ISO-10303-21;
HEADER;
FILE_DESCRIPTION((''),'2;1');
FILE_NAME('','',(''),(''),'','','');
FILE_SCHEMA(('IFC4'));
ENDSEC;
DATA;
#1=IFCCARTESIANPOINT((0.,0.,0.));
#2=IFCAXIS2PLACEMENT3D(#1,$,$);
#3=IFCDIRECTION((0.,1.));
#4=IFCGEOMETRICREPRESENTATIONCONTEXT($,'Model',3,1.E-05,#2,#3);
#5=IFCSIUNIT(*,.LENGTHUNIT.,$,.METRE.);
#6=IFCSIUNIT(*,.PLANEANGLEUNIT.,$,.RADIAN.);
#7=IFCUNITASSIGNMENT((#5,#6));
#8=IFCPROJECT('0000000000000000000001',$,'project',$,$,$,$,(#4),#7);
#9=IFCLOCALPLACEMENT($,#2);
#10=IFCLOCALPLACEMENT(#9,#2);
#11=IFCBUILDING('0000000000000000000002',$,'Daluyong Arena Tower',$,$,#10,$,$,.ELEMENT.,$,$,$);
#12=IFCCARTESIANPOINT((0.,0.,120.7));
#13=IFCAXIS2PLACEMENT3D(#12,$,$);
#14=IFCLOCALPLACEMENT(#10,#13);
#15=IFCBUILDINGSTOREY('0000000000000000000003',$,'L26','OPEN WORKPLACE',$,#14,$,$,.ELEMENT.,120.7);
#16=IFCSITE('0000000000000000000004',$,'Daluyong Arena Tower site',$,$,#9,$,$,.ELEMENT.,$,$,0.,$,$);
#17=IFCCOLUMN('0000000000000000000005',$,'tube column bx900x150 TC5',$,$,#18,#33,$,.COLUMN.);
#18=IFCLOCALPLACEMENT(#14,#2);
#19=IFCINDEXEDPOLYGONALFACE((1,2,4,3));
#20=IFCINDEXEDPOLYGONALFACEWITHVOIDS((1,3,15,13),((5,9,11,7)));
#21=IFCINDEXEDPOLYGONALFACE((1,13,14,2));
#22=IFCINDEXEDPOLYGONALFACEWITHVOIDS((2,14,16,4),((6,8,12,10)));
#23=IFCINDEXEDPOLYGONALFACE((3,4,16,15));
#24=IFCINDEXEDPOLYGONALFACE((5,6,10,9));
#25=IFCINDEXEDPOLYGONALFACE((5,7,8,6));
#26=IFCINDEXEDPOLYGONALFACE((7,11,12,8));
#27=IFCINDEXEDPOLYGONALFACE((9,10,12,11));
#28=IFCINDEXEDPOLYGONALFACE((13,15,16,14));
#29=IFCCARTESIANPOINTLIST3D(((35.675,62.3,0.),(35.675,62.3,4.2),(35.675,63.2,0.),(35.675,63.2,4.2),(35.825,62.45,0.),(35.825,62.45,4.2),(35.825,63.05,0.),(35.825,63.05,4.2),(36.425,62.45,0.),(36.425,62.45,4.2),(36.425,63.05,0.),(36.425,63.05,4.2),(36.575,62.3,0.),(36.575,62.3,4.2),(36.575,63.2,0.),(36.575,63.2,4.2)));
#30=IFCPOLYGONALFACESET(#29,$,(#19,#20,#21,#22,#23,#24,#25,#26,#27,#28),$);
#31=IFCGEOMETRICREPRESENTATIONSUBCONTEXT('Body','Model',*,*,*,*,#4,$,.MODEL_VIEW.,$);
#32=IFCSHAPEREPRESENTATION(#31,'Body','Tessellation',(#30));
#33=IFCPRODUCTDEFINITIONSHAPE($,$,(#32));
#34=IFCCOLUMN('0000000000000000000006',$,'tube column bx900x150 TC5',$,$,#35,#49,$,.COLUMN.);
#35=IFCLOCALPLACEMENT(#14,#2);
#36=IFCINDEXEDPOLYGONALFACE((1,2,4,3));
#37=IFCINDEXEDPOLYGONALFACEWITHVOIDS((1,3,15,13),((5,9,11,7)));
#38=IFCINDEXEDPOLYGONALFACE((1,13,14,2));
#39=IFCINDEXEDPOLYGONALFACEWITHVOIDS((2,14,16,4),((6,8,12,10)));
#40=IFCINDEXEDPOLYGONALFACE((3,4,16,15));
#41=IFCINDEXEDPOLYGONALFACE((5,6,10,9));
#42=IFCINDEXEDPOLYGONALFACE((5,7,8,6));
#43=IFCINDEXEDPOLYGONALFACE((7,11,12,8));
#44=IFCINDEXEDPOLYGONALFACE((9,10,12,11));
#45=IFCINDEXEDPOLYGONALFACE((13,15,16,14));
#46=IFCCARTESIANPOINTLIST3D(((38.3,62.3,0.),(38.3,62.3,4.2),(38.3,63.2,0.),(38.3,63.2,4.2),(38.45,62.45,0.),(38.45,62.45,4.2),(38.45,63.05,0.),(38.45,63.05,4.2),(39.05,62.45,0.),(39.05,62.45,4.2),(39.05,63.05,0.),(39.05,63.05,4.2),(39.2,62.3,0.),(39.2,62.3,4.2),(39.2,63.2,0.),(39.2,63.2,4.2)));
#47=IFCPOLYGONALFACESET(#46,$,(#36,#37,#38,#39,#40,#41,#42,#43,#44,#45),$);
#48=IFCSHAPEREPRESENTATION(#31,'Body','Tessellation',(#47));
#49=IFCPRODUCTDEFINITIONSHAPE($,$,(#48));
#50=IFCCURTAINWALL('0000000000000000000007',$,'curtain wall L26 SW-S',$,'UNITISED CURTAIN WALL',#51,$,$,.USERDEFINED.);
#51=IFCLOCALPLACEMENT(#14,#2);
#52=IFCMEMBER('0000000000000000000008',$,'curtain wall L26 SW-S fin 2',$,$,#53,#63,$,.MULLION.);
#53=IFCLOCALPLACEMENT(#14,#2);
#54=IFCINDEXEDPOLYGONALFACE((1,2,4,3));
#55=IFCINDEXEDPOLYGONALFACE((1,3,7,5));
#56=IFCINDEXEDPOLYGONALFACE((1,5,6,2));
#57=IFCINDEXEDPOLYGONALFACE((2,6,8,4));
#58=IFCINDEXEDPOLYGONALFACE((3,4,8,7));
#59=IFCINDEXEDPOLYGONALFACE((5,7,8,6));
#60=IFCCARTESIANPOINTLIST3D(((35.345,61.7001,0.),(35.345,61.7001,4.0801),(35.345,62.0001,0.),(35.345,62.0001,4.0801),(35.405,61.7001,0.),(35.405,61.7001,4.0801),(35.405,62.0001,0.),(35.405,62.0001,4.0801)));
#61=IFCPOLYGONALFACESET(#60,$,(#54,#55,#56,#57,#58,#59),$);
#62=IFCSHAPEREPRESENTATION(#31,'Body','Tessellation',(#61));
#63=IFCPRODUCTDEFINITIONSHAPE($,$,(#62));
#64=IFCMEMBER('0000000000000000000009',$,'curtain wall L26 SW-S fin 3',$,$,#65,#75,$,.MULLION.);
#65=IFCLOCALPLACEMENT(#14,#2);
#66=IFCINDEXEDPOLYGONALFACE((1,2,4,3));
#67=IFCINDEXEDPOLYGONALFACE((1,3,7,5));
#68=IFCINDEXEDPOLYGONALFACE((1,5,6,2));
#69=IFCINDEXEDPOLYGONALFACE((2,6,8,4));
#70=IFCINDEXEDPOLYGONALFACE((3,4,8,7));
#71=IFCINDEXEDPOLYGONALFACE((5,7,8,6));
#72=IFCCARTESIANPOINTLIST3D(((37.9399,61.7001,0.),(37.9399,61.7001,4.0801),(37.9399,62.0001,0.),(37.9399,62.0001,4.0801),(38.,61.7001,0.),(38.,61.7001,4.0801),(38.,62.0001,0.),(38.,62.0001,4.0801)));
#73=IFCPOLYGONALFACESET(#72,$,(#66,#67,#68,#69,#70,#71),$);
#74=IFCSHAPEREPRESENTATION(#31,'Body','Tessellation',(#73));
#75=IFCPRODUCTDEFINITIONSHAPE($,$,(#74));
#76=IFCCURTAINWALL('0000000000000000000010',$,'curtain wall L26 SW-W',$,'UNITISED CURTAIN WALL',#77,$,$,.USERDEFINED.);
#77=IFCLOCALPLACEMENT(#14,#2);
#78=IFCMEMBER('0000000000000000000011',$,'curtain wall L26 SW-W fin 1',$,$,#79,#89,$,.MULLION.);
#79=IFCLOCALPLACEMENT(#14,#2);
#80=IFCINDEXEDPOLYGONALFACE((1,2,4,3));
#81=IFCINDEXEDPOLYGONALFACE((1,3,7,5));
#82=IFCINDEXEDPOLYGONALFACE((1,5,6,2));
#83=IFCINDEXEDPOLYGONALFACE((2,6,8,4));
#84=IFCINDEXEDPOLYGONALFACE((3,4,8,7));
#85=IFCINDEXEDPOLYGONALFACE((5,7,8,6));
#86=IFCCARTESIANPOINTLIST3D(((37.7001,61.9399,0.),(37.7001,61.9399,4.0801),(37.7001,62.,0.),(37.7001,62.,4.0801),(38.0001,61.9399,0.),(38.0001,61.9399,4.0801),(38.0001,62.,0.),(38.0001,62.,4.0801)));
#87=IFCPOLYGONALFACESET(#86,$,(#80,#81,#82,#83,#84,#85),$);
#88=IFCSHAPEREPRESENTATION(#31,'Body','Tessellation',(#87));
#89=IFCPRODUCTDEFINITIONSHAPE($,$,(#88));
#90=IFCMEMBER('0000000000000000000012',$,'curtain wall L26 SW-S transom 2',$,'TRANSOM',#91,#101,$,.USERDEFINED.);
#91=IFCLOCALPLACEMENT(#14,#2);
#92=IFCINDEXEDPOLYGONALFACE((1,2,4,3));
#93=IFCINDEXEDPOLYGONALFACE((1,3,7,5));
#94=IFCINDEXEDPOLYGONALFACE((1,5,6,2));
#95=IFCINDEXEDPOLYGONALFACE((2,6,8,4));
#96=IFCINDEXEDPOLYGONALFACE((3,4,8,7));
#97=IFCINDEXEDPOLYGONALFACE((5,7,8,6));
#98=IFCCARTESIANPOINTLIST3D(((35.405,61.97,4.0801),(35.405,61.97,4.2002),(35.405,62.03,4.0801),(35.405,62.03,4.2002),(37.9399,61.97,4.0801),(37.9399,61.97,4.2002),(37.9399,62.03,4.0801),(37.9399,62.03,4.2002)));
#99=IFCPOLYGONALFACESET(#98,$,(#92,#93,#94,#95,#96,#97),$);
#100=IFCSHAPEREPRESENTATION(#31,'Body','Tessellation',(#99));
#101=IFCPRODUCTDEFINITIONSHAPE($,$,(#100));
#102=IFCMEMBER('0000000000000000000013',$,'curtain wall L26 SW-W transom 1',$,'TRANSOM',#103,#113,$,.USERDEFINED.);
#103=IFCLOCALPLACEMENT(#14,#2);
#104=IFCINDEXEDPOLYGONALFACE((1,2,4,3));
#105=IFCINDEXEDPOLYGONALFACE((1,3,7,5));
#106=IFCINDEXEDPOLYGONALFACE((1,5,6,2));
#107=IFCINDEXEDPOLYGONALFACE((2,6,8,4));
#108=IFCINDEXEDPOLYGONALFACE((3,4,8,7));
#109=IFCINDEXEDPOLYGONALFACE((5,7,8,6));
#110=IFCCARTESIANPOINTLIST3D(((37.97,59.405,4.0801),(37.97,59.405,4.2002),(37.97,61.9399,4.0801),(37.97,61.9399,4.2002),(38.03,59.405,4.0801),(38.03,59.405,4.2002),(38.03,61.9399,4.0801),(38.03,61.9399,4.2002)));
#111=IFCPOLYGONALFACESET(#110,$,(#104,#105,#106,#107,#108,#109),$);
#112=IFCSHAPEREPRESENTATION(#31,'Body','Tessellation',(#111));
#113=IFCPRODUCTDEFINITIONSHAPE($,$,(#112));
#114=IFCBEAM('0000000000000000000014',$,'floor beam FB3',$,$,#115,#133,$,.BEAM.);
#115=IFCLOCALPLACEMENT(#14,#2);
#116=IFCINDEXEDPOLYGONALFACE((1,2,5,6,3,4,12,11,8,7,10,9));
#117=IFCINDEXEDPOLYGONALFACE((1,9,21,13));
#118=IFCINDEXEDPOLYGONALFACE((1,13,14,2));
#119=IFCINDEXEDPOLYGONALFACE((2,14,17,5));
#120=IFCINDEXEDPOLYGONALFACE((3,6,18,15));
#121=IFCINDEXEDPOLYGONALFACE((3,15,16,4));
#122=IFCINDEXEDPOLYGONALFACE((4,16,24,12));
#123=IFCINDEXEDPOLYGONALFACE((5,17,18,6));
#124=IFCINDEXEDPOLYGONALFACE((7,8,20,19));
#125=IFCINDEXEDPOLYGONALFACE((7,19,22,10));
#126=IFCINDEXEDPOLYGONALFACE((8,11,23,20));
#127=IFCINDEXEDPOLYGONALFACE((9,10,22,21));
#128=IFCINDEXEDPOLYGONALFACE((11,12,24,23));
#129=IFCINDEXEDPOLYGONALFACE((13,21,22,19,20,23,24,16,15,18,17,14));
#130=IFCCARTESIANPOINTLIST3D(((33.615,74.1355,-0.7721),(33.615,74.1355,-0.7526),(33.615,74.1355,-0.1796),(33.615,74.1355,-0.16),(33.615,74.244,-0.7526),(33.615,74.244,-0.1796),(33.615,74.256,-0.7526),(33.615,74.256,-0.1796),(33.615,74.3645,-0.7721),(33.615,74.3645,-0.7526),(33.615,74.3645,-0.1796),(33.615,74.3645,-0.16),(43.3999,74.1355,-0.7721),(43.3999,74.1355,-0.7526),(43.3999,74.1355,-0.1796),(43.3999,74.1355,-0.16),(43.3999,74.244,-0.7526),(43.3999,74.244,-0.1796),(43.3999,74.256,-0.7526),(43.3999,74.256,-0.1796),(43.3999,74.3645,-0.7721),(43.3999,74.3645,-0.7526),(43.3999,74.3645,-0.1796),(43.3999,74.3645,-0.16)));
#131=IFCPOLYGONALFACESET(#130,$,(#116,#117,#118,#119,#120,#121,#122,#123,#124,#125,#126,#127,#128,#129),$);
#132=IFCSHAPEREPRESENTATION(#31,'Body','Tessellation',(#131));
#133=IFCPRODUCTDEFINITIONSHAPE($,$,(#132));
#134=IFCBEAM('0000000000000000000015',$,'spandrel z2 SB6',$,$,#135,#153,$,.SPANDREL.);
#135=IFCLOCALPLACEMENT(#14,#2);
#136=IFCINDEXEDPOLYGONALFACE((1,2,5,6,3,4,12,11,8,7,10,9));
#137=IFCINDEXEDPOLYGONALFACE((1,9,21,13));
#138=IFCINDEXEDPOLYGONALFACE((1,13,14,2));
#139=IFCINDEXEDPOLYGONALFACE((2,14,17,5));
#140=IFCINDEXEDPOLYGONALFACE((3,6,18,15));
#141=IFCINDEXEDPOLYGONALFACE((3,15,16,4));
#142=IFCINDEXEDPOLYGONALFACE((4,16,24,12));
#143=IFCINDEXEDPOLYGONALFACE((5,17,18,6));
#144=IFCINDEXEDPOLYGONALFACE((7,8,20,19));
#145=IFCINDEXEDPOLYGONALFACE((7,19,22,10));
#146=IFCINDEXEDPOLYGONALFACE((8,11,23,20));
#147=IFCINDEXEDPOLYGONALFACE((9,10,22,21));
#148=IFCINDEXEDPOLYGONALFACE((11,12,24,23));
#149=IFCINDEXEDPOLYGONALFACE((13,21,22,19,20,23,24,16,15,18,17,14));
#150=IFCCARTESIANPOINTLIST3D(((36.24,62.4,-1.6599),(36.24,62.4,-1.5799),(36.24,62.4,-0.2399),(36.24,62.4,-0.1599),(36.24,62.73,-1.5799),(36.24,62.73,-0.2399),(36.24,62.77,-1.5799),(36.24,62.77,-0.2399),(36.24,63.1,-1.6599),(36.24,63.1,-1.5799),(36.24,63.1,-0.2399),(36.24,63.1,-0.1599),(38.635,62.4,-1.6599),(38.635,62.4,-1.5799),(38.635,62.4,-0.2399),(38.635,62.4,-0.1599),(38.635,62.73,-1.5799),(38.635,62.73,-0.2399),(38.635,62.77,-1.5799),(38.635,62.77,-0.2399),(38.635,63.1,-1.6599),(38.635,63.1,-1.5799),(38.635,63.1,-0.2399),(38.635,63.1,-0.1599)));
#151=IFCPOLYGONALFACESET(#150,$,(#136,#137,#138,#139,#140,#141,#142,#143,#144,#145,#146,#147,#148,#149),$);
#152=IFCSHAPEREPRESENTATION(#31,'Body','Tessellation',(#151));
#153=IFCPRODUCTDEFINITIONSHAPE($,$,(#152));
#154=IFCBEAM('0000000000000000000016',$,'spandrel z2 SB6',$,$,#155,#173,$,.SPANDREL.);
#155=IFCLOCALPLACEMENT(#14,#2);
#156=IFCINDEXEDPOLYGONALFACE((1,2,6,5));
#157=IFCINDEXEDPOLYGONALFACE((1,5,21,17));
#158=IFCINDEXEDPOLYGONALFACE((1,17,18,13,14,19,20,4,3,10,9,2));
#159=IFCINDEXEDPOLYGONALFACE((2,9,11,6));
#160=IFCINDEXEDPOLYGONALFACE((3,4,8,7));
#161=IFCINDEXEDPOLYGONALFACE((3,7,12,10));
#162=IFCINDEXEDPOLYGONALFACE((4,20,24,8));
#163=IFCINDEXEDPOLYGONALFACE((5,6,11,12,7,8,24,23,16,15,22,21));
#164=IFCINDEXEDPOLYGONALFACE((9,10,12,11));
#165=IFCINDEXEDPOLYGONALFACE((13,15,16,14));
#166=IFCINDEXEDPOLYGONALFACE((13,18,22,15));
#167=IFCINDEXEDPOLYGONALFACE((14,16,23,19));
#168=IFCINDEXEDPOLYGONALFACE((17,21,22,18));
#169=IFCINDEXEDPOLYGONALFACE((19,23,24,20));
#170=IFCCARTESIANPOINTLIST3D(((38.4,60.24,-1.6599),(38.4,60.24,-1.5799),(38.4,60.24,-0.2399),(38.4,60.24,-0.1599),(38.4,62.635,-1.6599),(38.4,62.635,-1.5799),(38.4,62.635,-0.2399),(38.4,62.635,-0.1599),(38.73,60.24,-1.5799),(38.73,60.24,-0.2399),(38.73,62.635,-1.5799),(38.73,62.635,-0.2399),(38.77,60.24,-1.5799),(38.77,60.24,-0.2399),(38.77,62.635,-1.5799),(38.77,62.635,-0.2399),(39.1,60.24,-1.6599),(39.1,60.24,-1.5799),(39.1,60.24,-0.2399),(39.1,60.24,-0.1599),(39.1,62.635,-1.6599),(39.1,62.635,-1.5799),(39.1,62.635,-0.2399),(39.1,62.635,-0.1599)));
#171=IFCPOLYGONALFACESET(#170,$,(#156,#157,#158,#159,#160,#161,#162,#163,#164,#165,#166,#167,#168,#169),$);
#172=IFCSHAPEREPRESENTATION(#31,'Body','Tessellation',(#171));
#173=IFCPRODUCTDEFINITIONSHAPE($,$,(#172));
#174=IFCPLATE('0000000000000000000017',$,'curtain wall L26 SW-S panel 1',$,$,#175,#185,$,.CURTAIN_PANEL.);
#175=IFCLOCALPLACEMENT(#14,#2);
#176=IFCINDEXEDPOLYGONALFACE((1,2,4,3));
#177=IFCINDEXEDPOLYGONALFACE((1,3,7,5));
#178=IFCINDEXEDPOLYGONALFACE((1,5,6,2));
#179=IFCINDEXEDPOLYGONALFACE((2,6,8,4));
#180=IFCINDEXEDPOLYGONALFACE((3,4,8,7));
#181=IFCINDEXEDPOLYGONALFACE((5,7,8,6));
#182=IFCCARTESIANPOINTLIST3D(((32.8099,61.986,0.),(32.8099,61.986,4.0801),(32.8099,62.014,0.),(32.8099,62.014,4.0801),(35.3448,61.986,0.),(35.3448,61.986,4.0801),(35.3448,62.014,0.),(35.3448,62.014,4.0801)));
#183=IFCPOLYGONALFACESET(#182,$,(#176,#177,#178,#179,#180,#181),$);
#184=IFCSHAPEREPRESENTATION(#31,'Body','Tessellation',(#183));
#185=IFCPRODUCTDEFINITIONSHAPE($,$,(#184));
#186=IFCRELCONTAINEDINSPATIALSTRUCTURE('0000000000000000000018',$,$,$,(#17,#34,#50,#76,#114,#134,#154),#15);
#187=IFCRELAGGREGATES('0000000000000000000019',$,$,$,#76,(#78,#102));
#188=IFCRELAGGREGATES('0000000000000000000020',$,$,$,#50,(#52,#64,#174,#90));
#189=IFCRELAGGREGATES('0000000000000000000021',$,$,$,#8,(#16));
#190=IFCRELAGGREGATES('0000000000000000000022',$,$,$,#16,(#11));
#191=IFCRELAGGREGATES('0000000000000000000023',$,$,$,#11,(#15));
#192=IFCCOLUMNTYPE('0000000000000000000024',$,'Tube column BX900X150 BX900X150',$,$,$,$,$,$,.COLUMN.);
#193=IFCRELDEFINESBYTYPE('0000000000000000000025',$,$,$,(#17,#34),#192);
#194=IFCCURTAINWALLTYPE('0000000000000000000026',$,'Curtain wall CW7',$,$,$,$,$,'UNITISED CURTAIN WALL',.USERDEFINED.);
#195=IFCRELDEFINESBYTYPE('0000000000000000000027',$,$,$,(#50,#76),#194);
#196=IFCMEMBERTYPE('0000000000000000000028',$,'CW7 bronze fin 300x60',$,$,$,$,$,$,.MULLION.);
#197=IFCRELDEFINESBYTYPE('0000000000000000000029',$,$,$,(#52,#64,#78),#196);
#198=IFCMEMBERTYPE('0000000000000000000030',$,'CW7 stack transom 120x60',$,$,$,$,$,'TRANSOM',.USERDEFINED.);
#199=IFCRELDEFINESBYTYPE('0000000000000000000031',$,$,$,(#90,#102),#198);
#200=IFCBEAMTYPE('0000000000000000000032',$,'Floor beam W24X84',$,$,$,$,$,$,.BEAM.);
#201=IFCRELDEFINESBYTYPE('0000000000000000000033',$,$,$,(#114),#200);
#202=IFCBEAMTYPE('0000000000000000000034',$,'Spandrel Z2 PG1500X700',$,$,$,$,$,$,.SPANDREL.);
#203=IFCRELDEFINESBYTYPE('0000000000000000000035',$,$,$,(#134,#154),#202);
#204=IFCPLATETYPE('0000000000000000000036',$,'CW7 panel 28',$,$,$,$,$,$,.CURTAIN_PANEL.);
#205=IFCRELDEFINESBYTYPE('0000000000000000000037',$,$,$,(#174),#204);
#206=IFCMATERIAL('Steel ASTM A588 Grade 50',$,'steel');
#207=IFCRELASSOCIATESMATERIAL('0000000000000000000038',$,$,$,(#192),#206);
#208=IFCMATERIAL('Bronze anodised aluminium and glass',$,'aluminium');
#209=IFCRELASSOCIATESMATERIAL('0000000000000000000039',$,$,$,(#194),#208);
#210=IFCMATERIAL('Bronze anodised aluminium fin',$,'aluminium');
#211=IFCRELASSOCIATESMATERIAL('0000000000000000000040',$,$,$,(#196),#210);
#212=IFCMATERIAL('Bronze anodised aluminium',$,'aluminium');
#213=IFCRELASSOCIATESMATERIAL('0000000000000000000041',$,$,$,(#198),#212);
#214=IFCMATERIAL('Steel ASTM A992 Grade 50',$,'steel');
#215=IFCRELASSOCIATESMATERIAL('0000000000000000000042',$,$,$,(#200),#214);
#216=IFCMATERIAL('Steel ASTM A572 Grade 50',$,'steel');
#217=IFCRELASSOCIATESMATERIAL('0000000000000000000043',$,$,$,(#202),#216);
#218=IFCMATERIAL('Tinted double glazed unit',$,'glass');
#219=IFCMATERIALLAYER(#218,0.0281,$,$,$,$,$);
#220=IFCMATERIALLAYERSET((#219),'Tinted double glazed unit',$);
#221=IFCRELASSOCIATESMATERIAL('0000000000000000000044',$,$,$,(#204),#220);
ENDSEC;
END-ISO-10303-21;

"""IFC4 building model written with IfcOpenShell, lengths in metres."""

from ifc_helpers import new_model, si_unit, direction, frame, origin, origin_2d, place, context, subcontext, project, spatial, rectangle, hollow_rectangle, i_section, extrude, material, layer, layer_set, material_profile, profile_set, type_object, element, aggregate, save


model = new_model("IFC4")

# Units and contexts
model_context = context("Model", 3, precision=1e-05, world=origin(), true_north=direction((0.0, 1.0)))
body_context = subcontext(model_context, "Body", "Model", "MODEL_VIEW")
ifc_project = project(units=[si_unit("LENGTHUNIT", "METRE"), si_unit("PLANEANGLEUNIT", "RADIAN")], contexts=[model_context])

# Site, building, storey
site_placement = place(None, origin())
site = spatial("IfcSite", under=ifc_project, at=site_placement, Name="Daluyong Arena Tower site", CompositionType="ELEMENT", RefElevation=0.0)
building_placement = place(site_placement, origin())
building = spatial("IfcBuilding", under=site, at=building_placement, Name="Daluyong Arena Tower", CompositionType="ELEMENT")
storey_placement = place(building_placement, frame((0.0, 0.0, 120.7)))
storey = spatial("IfcBuildingStorey", under=building, at=storey_placement, Name="L26", Description="OPEN WORKPLACE", CompositionType="ELEMENT", Elevation=120.7)

# Columns
ifc_material_1 = material(Name="Steel ASTM A588 Grade 50", Category="steel")
ifc_material_profile_1 = material_profile(ifc_material_1, hollow_rectangle(XDim=0.8999, YDim=0.8999, WallThickness=0.15, at=origin_2d()))
ifc_profile_set_1 = profile_set([ifc_material_profile_1], Name="Steel ASTM A588 Grade 50")
column_type = type_object("IfcColumnType", Name="Tube column BX900X150 BX900X150", PredefinedType="COLUMN", material=ifc_profile_set_1)
for number, where, z_axis, x_axis, name in (
    (1, (36.125, 62.75, 0.0), (0.0, 0.0, 1.0), (1.0, 0.0, 0.0), "tube column bx900x150 TC5"),
    (2, (38.75, 62.75, 0.0), (0.0, 0.0, 1.0), (0.0, 1.0, 0.0), "tube column bx900x150 TC5"),
):
    element("IfcColumn", number, at=place(storey_placement, frame(where, z_axis=z_axis, x_axis=x_axis)), inside=storey, type_object=column_type, Name=name, PredefinedType="COLUMN", context=body_context, shape_type="SweptSolid", body=[
        extrude(hollow_rectangle(XDim=0.8999, YDim=0.8999, WallThickness=0.15, at=origin_2d()), origin(), (0.0, 0.0, 1.0), 4.2),
    ])

# Curtain wall, members
ifc_material_2 = material(Name="Bronze anodised aluminium and glass", Category="aluminium")
curtain_wall_type = type_object("IfcCurtainWallType", Name="Curtain wall CW7", ElementType="UNITISED CURTAIN WALL", PredefinedType="USERDEFINED", material=ifc_material_2)
curtain_wall_1_placement = place(storey_placement, origin())
curtain_wall_1 = element("IfcCurtainWall", 3, at=curtain_wall_1_placement, inside=storey, type_object=curtain_wall_type, Name="curtain wall L26 SW-S", ObjectType="UNITISED CURTAIN WALL", PredefinedType="USERDEFINED")
ifc_material_3 = material(Name="Bronze anodised aluminium fin", Category="aluminium")
ifc_material_profile_2 = material_profile(ifc_material_3, rectangle(XDim=0.3, YDim=0.0601, at=origin_2d()))
ifc_profile_set_2 = profile_set([ifc_material_profile_2], Name="Bronze anodised aluminium fin")
member_type_1 = type_object("IfcMemberType", Name="CW7 bronze fin 300x60", PredefinedType="MULLION", material=ifc_profile_set_2)
member_1_placement = place(storey_placement, frame((35.375, 61.8501, 0.0), z_axis=(0.0, 0.0, 1.0), x_axis=(0.0, 1.0, 0.0)))
member_1 = element("IfcMember", 4, at=member_1_placement, type_object=member_type_1, Name="curtain wall L26 SW-S fin 2", PredefinedType="MULLION", context=body_context, shape_type="SweptSolid", body=[
    extrude(rectangle(XDim=0.3, YDim=0.0601, at=origin_2d()), origin(), (0.0, 0.0, 1.0), 4.0801),
])
member_2_placement = place(storey_placement, frame((37.97, 61.8501, 0.0), z_axis=(0.0, 0.0, 1.0), x_axis=(0.0, 1.0, 0.0)))
member_2 = element("IfcMember", 5, at=member_2_placement, type_object=member_type_1, Name="curtain wall L26 SW-S fin 3", PredefinedType="MULLION", context=body_context, shape_type="SweptSolid", body=[
    extrude(rectangle(XDim=0.3, YDim=0.0601, at=origin_2d()), origin(), (0.0, 0.0, 1.0), 4.0801),
])

# Curtain wall, member
curtain_wall_2_placement = place(storey_placement, origin())
curtain_wall_2 = element("IfcCurtainWall", 6, at=curtain_wall_2_placement, inside=storey, type_object=curtain_wall_type, Name="curtain wall L26 SW-W", ObjectType="UNITISED CURTAIN WALL", PredefinedType="USERDEFINED")
member_3_placement = place(storey_placement, frame((37.8501, 61.97, 0.0), z_axis=(0.0, 0.0, 1.0), x_axis=(1.0, 0.0, 0.0)))
member_3 = element("IfcMember", 7, at=member_3_placement, type_object=member_type_1, Name="curtain wall L26 SW-W fin 1", PredefinedType="MULLION", context=body_context, shape_type="SweptSolid", body=[
    extrude(rectangle(XDim=0.3, YDim=0.0601, at=origin_2d()), origin(), (0.0, 0.0, 1.0), 4.0801),
])

# Members
ifc_material_4 = material(Name="Bronze anodised aluminium", Category="aluminium")
ifc_material_profile_3 = material_profile(ifc_material_4, rectangle(XDim=0.0601, YDim=0.1201, at=origin_2d()))
ifc_profile_set_3 = profile_set([ifc_material_profile_3], Name="Bronze anodised aluminium")
member_type_2 = type_object("IfcMemberType", Name="CW7 stack transom 120x60", ElementType="TRANSOM", PredefinedType="USERDEFINED", material=ifc_profile_set_3)
member_4_placement = place(storey_placement, frame((35.405, 62.0, 4.1401), z_axis=(1.0, 0.0, 0.0), x_axis=(0.0, 1.0, 0.0)))
member_4 = element("IfcMember", 8, at=member_4_placement, type_object=member_type_2, Name="curtain wall L26 SW-S transom 2", ObjectType="TRANSOM", PredefinedType="USERDEFINED", context=body_context, shape_type="SweptSolid", body=[
    extrude(rectangle(XDim=0.0601, YDim=0.1201, at=origin_2d()), origin(), (0.0, 0.0, 1.0), 2.5349),
])
member_5_placement = place(storey_placement, frame((38.0, 61.9399, 4.1401), z_axis=(0.0, -1.0, 0.0), x_axis=(1.0, 0.0, 0.0)))
member_5 = element("IfcMember", 9, at=member_5_placement, type_object=member_type_2, Name="curtain wall L26 SW-W transom 1", ObjectType="TRANSOM", PredefinedType="USERDEFINED", context=body_context, shape_type="SweptSolid", body=[
    extrude(rectangle(XDim=0.0601, YDim=0.1201, at=origin_2d()), origin(), (0.0, 0.0, 1.0), 2.5349),
])
aggregate(curtain_wall_2, [member_3, member_5])

# Beams
ifc_material_5 = material(Name="Steel ASTM A992 Grade 50", Category="steel")
ifc_material_profile_4 = material_profile(ifc_material_5, i_section(OverallWidth=0.229, OverallDepth=0.6121, WebThickness=0.012, FlangeThickness=0.0195, at=origin_2d()))
ifc_profile_set_4 = profile_set([ifc_material_profile_4], Name="Steel ASTM A992 Grade 50")
beam_type_1 = type_object("IfcBeamType", Name="Floor beam W24X84", PredefinedType="BEAM", material=ifc_profile_set_4)
beam_placement = place(storey_placement, frame((33.615, 74.25, -0.4661), z_axis=(1.0, 0.0, 0.0), x_axis=(0.0, 1.0, 0.0)))
element("IfcBeam", 10, at=beam_placement, inside=storey, type_object=beam_type_1, Name="floor beam FB3", PredefinedType="BEAM", context=body_context, shape_type="SweptSolid", body=[
    extrude(i_section(OverallWidth=0.229, OverallDepth=0.6121, WebThickness=0.012, FlangeThickness=0.0195, at=origin_2d()), origin(), (0.0, 0.0, 1.0), 9.7849),
])
ifc_material_6 = material(Name="Steel ASTM A572 Grade 50", Category="steel")
ifc_material_profile_5 = material_profile(ifc_material_6, i_section(OverallWidth=0.7, OverallDepth=1.5, WebThickness=0.04, FlangeThickness=0.08, at=origin_2d()))
ifc_profile_set_5 = profile_set([ifc_material_profile_5], Name="Steel ASTM A572 Grade 50")
beam_type_2 = type_object("IfcBeamType", Name="Spandrel Z2 PG1500X700", PredefinedType="SPANDREL", material=ifc_profile_set_5)
for number, where, z_axis, x_axis, name in (
    (11, (36.24, 62.75, -0.9099), (1.0, 0.0, 0.0), (0.0, 1.0, 0.0), "spandrel z2 SB6"),
    (12, (38.75, 62.635, -0.9099), (0.0, -1.0, 0.0), (1.0, 0.0, 0.0), "spandrel z2 SB6"),
):
    element("IfcBeam", number, at=place(storey_placement, frame(where, z_axis=z_axis, x_axis=x_axis)), inside=storey, type_object=beam_type_2, Name=name, PredefinedType="SPANDREL", context=body_context, shape_type="SweptSolid", body=[
        extrude(i_section(OverallWidth=0.7, OverallDepth=1.5, WebThickness=0.04, FlangeThickness=0.08, at=origin_2d()), origin(), (0.0, 0.0, 1.0), 2.395),
    ])

# Plate
ifc_material_7 = material(Name="Tinted double glazed unit", Category="glass")
ifc_layer_1 = layer(ifc_material_7, 0.0281)
ifc_layer_set_1 = layer_set([ifc_layer_1], Name="Tinted double glazed unit")
plate_type = type_object("IfcPlateType", Name="CW7 panel 28", PredefinedType="CURTAIN_PANEL", material=ifc_layer_set_1)
plate_1_placement = place(storey_placement, frame((34.0774, 62.0, 0.0), z_axis=(0.0, 0.0, 1.0), x_axis=(1.0, 0.0, 0.0)))
plate_1 = element("IfcPlate", 13, at=plate_1_placement, type_object=plate_type, Name="curtain wall L26 SW-S panel 1", PredefinedType="CURTAIN_PANEL", context=body_context, shape_type="SweptSolid", body=[
    extrude(rectangle(XDim=2.5349, YDim=0.0281, at=origin_2d()), origin(), (0.0, 0.0, 1.0), 4.0801),
])
aggregate(curtain_wall_1, [member_1, member_2, plate_1, member_4])

save(model, "model.ifc")
